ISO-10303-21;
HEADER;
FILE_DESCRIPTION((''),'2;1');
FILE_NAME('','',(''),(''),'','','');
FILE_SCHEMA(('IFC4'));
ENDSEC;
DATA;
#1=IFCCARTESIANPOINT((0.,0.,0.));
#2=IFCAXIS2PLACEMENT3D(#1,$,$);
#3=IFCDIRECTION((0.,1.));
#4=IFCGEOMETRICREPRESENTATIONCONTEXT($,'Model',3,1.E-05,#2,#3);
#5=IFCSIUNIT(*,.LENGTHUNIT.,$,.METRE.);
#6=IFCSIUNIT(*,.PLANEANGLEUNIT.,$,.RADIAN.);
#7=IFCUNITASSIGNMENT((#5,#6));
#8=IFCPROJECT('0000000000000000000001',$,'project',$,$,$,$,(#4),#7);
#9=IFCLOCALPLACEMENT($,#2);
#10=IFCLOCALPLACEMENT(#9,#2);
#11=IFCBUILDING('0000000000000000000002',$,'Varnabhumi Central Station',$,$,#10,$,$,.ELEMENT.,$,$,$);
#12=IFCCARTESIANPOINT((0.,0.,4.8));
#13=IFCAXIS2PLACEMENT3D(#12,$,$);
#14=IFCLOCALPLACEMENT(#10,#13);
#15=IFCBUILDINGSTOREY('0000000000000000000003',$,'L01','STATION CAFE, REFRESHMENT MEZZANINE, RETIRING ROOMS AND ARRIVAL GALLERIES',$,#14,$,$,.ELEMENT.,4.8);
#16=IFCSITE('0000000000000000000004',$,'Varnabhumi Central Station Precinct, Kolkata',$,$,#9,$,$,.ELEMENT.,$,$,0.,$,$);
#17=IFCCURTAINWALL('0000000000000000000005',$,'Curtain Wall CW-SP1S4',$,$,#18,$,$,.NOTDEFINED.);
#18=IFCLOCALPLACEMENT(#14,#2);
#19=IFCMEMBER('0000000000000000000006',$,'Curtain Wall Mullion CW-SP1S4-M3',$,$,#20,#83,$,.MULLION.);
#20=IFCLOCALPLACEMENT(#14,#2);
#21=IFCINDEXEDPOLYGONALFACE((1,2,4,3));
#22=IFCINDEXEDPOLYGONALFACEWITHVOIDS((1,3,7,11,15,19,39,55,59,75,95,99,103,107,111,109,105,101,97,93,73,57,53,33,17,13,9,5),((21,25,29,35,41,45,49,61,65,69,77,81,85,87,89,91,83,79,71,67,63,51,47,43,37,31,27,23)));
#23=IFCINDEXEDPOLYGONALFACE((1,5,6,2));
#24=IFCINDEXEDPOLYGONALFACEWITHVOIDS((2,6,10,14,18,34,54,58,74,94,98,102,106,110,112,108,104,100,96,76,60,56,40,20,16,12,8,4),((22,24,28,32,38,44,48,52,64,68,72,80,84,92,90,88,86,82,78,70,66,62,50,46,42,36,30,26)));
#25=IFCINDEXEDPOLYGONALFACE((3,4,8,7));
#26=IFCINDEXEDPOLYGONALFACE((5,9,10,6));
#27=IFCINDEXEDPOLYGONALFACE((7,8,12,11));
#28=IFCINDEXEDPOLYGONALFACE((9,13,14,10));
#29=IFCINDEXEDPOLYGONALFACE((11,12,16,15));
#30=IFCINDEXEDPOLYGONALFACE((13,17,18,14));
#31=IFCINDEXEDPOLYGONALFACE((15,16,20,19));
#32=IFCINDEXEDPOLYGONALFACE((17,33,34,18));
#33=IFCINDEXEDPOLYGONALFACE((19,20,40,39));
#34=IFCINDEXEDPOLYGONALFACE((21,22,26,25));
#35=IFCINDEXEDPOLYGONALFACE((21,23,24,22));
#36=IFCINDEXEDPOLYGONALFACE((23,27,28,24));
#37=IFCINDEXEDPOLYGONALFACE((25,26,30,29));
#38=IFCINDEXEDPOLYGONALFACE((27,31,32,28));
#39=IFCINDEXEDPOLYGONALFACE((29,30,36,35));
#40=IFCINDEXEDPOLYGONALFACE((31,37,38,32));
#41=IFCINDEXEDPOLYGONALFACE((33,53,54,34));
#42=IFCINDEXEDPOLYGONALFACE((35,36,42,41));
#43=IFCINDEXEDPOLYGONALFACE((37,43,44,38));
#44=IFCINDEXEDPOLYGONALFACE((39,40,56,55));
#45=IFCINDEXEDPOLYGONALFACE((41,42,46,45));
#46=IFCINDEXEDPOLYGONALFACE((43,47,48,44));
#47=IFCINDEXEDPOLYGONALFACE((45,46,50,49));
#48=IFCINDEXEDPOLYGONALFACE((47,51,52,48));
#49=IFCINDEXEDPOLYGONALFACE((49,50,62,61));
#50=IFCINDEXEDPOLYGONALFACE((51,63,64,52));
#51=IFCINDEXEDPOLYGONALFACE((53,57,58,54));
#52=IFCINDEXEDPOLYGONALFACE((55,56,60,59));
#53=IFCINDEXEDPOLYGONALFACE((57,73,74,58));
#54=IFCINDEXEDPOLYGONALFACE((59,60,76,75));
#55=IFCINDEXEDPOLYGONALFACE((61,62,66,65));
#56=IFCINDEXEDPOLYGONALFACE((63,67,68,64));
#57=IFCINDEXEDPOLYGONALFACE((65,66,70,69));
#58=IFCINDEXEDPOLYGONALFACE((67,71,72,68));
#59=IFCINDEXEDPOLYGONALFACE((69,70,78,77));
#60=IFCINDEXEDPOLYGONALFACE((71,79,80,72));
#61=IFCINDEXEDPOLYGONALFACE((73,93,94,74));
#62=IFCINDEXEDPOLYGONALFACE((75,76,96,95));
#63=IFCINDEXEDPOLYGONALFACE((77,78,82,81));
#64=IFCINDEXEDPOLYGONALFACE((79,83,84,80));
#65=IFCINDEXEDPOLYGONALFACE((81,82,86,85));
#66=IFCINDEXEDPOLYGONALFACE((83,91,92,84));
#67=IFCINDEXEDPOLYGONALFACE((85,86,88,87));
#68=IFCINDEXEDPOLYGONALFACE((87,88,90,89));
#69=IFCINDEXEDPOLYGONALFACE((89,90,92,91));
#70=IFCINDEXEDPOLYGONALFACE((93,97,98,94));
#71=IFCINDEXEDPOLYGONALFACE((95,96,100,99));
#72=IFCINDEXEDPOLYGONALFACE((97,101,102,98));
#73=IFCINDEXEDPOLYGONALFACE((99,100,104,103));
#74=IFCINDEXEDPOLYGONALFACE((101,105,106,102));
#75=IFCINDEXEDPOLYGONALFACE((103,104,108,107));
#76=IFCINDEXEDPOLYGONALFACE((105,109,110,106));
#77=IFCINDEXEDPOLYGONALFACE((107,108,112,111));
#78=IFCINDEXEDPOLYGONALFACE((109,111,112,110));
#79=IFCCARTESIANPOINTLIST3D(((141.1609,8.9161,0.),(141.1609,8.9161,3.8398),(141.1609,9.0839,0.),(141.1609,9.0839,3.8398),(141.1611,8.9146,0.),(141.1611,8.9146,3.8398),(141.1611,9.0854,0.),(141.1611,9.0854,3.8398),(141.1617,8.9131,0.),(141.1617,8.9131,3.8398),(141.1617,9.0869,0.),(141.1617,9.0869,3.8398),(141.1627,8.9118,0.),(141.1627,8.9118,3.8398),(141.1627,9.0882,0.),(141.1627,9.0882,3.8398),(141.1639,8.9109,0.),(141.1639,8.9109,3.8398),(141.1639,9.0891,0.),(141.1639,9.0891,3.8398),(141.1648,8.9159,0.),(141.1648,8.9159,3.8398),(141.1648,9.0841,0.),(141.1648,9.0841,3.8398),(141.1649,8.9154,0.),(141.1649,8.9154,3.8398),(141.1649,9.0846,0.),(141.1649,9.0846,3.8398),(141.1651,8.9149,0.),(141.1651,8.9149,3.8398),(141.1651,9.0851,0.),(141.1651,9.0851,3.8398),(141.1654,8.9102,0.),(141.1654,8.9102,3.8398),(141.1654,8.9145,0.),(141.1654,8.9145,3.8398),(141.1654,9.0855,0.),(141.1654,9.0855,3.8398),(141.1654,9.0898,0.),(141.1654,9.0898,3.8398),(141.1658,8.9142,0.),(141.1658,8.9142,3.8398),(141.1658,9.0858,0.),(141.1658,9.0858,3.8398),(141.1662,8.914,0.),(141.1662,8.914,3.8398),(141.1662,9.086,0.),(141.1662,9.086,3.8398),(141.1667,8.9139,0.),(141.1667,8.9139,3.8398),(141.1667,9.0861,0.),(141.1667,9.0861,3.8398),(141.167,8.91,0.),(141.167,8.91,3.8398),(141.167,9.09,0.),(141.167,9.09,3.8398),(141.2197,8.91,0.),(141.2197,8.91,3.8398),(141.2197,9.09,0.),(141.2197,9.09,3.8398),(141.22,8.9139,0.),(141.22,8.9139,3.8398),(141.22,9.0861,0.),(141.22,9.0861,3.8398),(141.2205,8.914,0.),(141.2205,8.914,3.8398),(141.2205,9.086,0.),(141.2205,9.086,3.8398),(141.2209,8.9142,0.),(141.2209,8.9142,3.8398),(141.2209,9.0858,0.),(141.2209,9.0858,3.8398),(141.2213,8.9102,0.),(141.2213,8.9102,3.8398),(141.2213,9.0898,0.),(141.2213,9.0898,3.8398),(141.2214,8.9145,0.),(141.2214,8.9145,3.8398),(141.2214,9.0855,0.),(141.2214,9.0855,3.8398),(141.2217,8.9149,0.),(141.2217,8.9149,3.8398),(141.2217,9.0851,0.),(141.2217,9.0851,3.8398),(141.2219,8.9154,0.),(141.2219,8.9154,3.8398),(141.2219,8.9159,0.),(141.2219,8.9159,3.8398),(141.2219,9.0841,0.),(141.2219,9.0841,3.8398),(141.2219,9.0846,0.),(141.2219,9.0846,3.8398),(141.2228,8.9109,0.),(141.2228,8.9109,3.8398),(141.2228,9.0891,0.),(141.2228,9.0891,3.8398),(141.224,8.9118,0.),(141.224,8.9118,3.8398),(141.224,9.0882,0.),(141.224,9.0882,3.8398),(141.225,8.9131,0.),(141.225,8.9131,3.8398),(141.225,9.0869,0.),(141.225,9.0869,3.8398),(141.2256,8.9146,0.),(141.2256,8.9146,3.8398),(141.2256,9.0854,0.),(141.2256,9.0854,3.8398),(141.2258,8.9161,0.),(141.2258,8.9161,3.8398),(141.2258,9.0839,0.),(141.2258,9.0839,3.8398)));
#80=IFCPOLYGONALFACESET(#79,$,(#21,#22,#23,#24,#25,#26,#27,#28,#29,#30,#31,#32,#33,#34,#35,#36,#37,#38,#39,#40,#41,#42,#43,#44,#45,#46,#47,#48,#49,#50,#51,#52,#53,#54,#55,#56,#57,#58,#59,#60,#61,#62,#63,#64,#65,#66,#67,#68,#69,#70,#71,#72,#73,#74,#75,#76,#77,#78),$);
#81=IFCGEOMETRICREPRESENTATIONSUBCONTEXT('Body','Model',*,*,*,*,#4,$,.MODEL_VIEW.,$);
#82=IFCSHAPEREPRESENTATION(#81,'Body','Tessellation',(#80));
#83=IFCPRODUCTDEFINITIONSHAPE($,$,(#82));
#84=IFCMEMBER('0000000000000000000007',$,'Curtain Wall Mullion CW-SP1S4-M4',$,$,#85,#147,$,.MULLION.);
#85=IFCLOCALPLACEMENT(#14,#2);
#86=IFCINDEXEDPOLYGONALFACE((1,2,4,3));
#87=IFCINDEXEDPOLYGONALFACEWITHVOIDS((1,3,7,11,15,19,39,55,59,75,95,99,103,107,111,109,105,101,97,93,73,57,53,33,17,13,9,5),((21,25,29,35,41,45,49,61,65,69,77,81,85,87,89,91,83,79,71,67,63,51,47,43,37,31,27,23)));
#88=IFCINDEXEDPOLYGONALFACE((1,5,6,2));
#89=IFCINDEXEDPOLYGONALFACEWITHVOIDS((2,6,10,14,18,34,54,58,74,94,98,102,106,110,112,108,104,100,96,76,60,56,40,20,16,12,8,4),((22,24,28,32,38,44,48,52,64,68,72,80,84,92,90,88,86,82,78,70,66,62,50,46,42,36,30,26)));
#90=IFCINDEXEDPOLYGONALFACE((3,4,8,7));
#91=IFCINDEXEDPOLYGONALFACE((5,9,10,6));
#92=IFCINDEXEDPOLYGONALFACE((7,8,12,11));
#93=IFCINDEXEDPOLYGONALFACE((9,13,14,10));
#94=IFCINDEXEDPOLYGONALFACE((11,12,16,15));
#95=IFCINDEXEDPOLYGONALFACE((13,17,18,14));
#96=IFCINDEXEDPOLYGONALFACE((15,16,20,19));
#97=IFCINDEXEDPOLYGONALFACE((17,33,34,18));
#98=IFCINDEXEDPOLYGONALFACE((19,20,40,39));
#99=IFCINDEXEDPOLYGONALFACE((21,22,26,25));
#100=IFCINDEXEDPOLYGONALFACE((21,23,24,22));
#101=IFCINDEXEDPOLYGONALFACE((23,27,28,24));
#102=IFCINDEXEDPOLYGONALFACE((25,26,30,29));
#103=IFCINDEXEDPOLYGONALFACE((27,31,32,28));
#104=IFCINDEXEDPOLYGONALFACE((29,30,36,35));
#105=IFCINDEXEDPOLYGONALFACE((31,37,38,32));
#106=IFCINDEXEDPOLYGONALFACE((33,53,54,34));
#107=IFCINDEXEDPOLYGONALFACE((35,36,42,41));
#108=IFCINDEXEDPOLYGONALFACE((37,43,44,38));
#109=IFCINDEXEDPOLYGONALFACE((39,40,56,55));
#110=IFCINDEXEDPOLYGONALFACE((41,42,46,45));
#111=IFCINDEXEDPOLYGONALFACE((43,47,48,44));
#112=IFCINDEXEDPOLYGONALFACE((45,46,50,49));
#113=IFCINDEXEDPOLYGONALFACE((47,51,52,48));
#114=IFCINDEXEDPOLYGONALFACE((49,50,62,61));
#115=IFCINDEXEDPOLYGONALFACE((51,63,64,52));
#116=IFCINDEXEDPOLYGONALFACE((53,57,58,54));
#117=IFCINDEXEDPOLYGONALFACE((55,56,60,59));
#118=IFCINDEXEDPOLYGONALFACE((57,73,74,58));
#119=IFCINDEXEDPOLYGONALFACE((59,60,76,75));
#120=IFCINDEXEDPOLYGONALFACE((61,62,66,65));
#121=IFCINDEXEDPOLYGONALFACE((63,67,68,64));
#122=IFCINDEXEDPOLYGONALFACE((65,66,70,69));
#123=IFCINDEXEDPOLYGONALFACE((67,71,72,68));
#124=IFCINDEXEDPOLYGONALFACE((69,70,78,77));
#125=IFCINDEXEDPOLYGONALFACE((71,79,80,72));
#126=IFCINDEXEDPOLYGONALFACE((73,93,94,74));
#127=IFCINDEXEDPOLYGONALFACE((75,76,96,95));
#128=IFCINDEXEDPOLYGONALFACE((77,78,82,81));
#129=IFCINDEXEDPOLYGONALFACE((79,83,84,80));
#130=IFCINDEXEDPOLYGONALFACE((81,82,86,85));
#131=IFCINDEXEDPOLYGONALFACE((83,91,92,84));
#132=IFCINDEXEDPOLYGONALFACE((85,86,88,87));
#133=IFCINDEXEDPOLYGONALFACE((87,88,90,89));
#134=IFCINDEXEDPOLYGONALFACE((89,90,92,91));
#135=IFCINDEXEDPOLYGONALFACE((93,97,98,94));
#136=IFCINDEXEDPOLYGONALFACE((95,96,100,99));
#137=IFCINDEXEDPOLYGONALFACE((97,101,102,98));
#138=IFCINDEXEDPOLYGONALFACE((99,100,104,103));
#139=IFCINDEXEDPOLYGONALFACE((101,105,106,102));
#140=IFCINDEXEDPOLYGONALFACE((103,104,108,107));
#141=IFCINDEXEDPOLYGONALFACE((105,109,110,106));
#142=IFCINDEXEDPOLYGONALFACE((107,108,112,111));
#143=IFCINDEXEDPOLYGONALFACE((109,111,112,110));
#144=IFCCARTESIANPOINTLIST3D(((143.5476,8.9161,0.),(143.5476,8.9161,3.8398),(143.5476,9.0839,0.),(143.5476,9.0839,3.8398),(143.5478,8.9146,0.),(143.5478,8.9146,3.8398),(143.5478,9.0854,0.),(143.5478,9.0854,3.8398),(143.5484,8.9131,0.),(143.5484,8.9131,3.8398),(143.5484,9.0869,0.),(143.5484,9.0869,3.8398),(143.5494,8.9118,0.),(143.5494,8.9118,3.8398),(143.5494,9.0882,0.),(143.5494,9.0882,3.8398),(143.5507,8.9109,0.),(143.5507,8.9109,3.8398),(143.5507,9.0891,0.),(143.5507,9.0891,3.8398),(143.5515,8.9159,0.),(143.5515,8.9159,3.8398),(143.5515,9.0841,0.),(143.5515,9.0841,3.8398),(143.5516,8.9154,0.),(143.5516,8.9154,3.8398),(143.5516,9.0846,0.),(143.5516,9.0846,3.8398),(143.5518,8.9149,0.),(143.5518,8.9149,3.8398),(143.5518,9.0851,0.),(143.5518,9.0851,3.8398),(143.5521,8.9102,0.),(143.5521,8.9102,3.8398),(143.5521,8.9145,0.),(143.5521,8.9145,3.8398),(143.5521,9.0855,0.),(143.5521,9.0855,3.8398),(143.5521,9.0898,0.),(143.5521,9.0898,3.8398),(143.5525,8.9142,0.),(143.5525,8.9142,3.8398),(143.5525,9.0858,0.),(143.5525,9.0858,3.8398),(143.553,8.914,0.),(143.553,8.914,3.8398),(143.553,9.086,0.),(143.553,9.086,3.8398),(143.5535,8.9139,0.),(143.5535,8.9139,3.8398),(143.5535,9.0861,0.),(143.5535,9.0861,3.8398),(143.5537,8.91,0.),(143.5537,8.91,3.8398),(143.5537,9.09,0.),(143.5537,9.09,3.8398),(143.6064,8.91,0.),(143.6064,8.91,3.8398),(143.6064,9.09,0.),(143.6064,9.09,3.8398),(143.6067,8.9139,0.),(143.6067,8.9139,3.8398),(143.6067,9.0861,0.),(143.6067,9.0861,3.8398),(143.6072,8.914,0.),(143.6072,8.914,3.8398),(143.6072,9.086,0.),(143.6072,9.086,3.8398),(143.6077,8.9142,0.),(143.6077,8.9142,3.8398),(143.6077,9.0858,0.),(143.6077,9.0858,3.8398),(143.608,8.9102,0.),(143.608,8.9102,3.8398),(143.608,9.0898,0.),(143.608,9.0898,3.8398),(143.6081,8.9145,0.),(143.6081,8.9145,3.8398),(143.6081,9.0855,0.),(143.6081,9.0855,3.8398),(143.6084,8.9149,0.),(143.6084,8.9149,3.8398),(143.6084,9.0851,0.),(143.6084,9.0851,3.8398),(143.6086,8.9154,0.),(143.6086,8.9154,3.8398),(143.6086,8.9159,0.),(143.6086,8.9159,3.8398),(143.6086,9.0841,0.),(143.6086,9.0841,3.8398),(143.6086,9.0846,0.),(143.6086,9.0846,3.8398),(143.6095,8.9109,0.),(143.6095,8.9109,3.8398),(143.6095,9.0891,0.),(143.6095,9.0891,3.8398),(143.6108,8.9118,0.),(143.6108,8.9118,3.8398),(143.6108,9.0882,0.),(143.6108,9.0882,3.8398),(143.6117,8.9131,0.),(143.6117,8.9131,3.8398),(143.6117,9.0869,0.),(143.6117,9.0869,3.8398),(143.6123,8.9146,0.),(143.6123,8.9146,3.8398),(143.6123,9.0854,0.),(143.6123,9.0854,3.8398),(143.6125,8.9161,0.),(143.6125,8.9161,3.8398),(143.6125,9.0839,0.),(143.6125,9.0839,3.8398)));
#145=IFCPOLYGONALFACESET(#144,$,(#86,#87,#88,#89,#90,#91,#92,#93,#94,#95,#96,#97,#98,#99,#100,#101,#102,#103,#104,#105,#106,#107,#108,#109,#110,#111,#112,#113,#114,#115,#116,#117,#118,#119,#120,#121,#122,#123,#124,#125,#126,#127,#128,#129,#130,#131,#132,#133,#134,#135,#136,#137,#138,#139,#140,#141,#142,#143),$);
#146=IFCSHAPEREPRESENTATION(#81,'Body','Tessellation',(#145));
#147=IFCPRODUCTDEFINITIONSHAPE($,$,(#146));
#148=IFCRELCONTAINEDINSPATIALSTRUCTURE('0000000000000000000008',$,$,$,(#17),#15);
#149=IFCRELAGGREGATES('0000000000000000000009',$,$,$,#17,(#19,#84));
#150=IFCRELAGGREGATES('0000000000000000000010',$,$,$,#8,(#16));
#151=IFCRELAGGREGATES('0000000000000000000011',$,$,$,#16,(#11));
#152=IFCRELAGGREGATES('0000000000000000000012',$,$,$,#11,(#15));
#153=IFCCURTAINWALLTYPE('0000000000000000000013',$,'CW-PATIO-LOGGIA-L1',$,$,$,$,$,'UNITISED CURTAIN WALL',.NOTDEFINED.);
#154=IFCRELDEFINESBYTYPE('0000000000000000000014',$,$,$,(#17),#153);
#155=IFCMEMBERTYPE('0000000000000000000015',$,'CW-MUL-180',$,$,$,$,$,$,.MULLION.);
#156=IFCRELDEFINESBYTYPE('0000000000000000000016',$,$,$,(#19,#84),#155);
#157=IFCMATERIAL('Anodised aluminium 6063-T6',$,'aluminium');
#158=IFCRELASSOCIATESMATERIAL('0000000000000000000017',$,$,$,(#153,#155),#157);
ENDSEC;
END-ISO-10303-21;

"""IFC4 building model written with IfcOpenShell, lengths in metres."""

from ifc_helpers import new_model, si_unit, direction, frame, origin, origin_2d, place, context, subcontext, project, spatial, hollow_rectangle, extrude, material, material_profile, profile_set, type_object, element, aggregate, save


model = new_model("IFC4")

# Units and contexts
model_context = context("Model", 3, precision=1e-05, world=origin(), true_north=direction((0.0, 1.0)))
body_context = subcontext(model_context, "Body", "Model", "MODEL_VIEW")
ifc_project = project(units=[si_unit("LENGTHUNIT", "METRE"), si_unit("PLANEANGLEUNIT", "RADIAN")], contexts=[model_context])

# Site, building, storey
site_placement = place(None, origin())
site = spatial("IfcSite", under=ifc_project, at=site_placement, Name="Varnabhumi Central Station Precinct, Kolkata", CompositionType="ELEMENT", RefElevation=0.0)
building_placement = place(site_placement, origin())
building = spatial("IfcBuilding", under=site, at=building_placement, Name="Varnabhumi Central Station", CompositionType="ELEMENT")
storey_placement = place(building_placement, frame((0.0, 0.0, 4.8)))
storey = spatial("IfcBuildingStorey", under=building, at=storey_placement, Name="L01", Description="STATION CAFE, REFRESHMENT MEZZANINE, RETIRING ROOMS AND ARRIVAL GALLERIES", CompositionType="ELEMENT", Elevation=4.8)

# Curtain wall, members
ifc_material_1 = material(Name="Anodised aluminium 6063-T6", Category="aluminium")
curtain_wall_type = type_object("IfcCurtainWallType", Name="CW-PATIO-LOGGIA-L1", ElementType="UNITISED CURTAIN WALL", PredefinedType="NOTDEFINED", material=ifc_material_1)
ifc_material_profile_1 = material_profile(ifc_material_1, hollow_rectangle(XDim=0.0649, YDim=0.1799, WallThickness=0.0039, InnerFilletRadius=0.002, OuterFilletRadius=0.0061, at=origin_2d()), Name="Anodised aluminium 6063-T6", Category="aluminium")
ifc_profile_set_1 = profile_set([ifc_material_profile_1], Name="Anodised aluminium 6063-T6")
member_type_1 = type_object("IfcMemberType", Name="CW-MUL-180", PredefinedType="MULLION", material=ifc_profile_set_1)
curtain_wall_1_placement = place(storey_placement, origin())
curtain_wall_1 = element("IfcCurtainWall", 1, at=curtain_wall_1_placement, inside=storey, type_object=curtain_wall_type, Name="Curtain Wall CW-SP1S4", PredefinedType="NOTDEFINED")
member_1_placement = place(storey_placement, frame((141.1934, 9.0, 0.0), z_axis=(0.0, 0.0, 1.0), x_axis=(1.0, 0.0, 0.0)))
member_1 = element("IfcMember", 2, at=member_1_placement, type_object=member_type_1, Name="Curtain Wall Mullion CW-SP1S4-M3", PredefinedType="MULLION", context=body_context, shape_type="SweptSolid", body=[
    extrude(hollow_rectangle(XDim=0.0649, YDim=0.1799, WallThickness=0.0039, InnerFilletRadius=0.002, OuterFilletRadius=0.0061, at=origin_2d()), origin(), (0.0, 0.0, 1.0), 3.8398),
])
member_2_placement = place(storey_placement, frame((143.5801, 9.0, 0.0), z_axis=(0.0, 0.0, 1.0), x_axis=(1.0, 0.0, 0.0)))
member_2 = element("IfcMember", 3, at=member_2_placement, type_object=member_type_1, Name="Curtain Wall Mullion CW-SP1S4-M4", PredefinedType="MULLION", context=body_context, shape_type="SweptSolid", body=[
    extrude(hollow_rectangle(XDim=0.0649, YDim=0.1799, WallThickness=0.0039, InnerFilletRadius=0.002, OuterFilletRadius=0.0061, at=origin_2d()), origin(), (0.0, 0.0, 1.0), 3.8398),
])

aggregate(curtain_wall_1, [member_1, member_2])

save(model, "model.ifc")
